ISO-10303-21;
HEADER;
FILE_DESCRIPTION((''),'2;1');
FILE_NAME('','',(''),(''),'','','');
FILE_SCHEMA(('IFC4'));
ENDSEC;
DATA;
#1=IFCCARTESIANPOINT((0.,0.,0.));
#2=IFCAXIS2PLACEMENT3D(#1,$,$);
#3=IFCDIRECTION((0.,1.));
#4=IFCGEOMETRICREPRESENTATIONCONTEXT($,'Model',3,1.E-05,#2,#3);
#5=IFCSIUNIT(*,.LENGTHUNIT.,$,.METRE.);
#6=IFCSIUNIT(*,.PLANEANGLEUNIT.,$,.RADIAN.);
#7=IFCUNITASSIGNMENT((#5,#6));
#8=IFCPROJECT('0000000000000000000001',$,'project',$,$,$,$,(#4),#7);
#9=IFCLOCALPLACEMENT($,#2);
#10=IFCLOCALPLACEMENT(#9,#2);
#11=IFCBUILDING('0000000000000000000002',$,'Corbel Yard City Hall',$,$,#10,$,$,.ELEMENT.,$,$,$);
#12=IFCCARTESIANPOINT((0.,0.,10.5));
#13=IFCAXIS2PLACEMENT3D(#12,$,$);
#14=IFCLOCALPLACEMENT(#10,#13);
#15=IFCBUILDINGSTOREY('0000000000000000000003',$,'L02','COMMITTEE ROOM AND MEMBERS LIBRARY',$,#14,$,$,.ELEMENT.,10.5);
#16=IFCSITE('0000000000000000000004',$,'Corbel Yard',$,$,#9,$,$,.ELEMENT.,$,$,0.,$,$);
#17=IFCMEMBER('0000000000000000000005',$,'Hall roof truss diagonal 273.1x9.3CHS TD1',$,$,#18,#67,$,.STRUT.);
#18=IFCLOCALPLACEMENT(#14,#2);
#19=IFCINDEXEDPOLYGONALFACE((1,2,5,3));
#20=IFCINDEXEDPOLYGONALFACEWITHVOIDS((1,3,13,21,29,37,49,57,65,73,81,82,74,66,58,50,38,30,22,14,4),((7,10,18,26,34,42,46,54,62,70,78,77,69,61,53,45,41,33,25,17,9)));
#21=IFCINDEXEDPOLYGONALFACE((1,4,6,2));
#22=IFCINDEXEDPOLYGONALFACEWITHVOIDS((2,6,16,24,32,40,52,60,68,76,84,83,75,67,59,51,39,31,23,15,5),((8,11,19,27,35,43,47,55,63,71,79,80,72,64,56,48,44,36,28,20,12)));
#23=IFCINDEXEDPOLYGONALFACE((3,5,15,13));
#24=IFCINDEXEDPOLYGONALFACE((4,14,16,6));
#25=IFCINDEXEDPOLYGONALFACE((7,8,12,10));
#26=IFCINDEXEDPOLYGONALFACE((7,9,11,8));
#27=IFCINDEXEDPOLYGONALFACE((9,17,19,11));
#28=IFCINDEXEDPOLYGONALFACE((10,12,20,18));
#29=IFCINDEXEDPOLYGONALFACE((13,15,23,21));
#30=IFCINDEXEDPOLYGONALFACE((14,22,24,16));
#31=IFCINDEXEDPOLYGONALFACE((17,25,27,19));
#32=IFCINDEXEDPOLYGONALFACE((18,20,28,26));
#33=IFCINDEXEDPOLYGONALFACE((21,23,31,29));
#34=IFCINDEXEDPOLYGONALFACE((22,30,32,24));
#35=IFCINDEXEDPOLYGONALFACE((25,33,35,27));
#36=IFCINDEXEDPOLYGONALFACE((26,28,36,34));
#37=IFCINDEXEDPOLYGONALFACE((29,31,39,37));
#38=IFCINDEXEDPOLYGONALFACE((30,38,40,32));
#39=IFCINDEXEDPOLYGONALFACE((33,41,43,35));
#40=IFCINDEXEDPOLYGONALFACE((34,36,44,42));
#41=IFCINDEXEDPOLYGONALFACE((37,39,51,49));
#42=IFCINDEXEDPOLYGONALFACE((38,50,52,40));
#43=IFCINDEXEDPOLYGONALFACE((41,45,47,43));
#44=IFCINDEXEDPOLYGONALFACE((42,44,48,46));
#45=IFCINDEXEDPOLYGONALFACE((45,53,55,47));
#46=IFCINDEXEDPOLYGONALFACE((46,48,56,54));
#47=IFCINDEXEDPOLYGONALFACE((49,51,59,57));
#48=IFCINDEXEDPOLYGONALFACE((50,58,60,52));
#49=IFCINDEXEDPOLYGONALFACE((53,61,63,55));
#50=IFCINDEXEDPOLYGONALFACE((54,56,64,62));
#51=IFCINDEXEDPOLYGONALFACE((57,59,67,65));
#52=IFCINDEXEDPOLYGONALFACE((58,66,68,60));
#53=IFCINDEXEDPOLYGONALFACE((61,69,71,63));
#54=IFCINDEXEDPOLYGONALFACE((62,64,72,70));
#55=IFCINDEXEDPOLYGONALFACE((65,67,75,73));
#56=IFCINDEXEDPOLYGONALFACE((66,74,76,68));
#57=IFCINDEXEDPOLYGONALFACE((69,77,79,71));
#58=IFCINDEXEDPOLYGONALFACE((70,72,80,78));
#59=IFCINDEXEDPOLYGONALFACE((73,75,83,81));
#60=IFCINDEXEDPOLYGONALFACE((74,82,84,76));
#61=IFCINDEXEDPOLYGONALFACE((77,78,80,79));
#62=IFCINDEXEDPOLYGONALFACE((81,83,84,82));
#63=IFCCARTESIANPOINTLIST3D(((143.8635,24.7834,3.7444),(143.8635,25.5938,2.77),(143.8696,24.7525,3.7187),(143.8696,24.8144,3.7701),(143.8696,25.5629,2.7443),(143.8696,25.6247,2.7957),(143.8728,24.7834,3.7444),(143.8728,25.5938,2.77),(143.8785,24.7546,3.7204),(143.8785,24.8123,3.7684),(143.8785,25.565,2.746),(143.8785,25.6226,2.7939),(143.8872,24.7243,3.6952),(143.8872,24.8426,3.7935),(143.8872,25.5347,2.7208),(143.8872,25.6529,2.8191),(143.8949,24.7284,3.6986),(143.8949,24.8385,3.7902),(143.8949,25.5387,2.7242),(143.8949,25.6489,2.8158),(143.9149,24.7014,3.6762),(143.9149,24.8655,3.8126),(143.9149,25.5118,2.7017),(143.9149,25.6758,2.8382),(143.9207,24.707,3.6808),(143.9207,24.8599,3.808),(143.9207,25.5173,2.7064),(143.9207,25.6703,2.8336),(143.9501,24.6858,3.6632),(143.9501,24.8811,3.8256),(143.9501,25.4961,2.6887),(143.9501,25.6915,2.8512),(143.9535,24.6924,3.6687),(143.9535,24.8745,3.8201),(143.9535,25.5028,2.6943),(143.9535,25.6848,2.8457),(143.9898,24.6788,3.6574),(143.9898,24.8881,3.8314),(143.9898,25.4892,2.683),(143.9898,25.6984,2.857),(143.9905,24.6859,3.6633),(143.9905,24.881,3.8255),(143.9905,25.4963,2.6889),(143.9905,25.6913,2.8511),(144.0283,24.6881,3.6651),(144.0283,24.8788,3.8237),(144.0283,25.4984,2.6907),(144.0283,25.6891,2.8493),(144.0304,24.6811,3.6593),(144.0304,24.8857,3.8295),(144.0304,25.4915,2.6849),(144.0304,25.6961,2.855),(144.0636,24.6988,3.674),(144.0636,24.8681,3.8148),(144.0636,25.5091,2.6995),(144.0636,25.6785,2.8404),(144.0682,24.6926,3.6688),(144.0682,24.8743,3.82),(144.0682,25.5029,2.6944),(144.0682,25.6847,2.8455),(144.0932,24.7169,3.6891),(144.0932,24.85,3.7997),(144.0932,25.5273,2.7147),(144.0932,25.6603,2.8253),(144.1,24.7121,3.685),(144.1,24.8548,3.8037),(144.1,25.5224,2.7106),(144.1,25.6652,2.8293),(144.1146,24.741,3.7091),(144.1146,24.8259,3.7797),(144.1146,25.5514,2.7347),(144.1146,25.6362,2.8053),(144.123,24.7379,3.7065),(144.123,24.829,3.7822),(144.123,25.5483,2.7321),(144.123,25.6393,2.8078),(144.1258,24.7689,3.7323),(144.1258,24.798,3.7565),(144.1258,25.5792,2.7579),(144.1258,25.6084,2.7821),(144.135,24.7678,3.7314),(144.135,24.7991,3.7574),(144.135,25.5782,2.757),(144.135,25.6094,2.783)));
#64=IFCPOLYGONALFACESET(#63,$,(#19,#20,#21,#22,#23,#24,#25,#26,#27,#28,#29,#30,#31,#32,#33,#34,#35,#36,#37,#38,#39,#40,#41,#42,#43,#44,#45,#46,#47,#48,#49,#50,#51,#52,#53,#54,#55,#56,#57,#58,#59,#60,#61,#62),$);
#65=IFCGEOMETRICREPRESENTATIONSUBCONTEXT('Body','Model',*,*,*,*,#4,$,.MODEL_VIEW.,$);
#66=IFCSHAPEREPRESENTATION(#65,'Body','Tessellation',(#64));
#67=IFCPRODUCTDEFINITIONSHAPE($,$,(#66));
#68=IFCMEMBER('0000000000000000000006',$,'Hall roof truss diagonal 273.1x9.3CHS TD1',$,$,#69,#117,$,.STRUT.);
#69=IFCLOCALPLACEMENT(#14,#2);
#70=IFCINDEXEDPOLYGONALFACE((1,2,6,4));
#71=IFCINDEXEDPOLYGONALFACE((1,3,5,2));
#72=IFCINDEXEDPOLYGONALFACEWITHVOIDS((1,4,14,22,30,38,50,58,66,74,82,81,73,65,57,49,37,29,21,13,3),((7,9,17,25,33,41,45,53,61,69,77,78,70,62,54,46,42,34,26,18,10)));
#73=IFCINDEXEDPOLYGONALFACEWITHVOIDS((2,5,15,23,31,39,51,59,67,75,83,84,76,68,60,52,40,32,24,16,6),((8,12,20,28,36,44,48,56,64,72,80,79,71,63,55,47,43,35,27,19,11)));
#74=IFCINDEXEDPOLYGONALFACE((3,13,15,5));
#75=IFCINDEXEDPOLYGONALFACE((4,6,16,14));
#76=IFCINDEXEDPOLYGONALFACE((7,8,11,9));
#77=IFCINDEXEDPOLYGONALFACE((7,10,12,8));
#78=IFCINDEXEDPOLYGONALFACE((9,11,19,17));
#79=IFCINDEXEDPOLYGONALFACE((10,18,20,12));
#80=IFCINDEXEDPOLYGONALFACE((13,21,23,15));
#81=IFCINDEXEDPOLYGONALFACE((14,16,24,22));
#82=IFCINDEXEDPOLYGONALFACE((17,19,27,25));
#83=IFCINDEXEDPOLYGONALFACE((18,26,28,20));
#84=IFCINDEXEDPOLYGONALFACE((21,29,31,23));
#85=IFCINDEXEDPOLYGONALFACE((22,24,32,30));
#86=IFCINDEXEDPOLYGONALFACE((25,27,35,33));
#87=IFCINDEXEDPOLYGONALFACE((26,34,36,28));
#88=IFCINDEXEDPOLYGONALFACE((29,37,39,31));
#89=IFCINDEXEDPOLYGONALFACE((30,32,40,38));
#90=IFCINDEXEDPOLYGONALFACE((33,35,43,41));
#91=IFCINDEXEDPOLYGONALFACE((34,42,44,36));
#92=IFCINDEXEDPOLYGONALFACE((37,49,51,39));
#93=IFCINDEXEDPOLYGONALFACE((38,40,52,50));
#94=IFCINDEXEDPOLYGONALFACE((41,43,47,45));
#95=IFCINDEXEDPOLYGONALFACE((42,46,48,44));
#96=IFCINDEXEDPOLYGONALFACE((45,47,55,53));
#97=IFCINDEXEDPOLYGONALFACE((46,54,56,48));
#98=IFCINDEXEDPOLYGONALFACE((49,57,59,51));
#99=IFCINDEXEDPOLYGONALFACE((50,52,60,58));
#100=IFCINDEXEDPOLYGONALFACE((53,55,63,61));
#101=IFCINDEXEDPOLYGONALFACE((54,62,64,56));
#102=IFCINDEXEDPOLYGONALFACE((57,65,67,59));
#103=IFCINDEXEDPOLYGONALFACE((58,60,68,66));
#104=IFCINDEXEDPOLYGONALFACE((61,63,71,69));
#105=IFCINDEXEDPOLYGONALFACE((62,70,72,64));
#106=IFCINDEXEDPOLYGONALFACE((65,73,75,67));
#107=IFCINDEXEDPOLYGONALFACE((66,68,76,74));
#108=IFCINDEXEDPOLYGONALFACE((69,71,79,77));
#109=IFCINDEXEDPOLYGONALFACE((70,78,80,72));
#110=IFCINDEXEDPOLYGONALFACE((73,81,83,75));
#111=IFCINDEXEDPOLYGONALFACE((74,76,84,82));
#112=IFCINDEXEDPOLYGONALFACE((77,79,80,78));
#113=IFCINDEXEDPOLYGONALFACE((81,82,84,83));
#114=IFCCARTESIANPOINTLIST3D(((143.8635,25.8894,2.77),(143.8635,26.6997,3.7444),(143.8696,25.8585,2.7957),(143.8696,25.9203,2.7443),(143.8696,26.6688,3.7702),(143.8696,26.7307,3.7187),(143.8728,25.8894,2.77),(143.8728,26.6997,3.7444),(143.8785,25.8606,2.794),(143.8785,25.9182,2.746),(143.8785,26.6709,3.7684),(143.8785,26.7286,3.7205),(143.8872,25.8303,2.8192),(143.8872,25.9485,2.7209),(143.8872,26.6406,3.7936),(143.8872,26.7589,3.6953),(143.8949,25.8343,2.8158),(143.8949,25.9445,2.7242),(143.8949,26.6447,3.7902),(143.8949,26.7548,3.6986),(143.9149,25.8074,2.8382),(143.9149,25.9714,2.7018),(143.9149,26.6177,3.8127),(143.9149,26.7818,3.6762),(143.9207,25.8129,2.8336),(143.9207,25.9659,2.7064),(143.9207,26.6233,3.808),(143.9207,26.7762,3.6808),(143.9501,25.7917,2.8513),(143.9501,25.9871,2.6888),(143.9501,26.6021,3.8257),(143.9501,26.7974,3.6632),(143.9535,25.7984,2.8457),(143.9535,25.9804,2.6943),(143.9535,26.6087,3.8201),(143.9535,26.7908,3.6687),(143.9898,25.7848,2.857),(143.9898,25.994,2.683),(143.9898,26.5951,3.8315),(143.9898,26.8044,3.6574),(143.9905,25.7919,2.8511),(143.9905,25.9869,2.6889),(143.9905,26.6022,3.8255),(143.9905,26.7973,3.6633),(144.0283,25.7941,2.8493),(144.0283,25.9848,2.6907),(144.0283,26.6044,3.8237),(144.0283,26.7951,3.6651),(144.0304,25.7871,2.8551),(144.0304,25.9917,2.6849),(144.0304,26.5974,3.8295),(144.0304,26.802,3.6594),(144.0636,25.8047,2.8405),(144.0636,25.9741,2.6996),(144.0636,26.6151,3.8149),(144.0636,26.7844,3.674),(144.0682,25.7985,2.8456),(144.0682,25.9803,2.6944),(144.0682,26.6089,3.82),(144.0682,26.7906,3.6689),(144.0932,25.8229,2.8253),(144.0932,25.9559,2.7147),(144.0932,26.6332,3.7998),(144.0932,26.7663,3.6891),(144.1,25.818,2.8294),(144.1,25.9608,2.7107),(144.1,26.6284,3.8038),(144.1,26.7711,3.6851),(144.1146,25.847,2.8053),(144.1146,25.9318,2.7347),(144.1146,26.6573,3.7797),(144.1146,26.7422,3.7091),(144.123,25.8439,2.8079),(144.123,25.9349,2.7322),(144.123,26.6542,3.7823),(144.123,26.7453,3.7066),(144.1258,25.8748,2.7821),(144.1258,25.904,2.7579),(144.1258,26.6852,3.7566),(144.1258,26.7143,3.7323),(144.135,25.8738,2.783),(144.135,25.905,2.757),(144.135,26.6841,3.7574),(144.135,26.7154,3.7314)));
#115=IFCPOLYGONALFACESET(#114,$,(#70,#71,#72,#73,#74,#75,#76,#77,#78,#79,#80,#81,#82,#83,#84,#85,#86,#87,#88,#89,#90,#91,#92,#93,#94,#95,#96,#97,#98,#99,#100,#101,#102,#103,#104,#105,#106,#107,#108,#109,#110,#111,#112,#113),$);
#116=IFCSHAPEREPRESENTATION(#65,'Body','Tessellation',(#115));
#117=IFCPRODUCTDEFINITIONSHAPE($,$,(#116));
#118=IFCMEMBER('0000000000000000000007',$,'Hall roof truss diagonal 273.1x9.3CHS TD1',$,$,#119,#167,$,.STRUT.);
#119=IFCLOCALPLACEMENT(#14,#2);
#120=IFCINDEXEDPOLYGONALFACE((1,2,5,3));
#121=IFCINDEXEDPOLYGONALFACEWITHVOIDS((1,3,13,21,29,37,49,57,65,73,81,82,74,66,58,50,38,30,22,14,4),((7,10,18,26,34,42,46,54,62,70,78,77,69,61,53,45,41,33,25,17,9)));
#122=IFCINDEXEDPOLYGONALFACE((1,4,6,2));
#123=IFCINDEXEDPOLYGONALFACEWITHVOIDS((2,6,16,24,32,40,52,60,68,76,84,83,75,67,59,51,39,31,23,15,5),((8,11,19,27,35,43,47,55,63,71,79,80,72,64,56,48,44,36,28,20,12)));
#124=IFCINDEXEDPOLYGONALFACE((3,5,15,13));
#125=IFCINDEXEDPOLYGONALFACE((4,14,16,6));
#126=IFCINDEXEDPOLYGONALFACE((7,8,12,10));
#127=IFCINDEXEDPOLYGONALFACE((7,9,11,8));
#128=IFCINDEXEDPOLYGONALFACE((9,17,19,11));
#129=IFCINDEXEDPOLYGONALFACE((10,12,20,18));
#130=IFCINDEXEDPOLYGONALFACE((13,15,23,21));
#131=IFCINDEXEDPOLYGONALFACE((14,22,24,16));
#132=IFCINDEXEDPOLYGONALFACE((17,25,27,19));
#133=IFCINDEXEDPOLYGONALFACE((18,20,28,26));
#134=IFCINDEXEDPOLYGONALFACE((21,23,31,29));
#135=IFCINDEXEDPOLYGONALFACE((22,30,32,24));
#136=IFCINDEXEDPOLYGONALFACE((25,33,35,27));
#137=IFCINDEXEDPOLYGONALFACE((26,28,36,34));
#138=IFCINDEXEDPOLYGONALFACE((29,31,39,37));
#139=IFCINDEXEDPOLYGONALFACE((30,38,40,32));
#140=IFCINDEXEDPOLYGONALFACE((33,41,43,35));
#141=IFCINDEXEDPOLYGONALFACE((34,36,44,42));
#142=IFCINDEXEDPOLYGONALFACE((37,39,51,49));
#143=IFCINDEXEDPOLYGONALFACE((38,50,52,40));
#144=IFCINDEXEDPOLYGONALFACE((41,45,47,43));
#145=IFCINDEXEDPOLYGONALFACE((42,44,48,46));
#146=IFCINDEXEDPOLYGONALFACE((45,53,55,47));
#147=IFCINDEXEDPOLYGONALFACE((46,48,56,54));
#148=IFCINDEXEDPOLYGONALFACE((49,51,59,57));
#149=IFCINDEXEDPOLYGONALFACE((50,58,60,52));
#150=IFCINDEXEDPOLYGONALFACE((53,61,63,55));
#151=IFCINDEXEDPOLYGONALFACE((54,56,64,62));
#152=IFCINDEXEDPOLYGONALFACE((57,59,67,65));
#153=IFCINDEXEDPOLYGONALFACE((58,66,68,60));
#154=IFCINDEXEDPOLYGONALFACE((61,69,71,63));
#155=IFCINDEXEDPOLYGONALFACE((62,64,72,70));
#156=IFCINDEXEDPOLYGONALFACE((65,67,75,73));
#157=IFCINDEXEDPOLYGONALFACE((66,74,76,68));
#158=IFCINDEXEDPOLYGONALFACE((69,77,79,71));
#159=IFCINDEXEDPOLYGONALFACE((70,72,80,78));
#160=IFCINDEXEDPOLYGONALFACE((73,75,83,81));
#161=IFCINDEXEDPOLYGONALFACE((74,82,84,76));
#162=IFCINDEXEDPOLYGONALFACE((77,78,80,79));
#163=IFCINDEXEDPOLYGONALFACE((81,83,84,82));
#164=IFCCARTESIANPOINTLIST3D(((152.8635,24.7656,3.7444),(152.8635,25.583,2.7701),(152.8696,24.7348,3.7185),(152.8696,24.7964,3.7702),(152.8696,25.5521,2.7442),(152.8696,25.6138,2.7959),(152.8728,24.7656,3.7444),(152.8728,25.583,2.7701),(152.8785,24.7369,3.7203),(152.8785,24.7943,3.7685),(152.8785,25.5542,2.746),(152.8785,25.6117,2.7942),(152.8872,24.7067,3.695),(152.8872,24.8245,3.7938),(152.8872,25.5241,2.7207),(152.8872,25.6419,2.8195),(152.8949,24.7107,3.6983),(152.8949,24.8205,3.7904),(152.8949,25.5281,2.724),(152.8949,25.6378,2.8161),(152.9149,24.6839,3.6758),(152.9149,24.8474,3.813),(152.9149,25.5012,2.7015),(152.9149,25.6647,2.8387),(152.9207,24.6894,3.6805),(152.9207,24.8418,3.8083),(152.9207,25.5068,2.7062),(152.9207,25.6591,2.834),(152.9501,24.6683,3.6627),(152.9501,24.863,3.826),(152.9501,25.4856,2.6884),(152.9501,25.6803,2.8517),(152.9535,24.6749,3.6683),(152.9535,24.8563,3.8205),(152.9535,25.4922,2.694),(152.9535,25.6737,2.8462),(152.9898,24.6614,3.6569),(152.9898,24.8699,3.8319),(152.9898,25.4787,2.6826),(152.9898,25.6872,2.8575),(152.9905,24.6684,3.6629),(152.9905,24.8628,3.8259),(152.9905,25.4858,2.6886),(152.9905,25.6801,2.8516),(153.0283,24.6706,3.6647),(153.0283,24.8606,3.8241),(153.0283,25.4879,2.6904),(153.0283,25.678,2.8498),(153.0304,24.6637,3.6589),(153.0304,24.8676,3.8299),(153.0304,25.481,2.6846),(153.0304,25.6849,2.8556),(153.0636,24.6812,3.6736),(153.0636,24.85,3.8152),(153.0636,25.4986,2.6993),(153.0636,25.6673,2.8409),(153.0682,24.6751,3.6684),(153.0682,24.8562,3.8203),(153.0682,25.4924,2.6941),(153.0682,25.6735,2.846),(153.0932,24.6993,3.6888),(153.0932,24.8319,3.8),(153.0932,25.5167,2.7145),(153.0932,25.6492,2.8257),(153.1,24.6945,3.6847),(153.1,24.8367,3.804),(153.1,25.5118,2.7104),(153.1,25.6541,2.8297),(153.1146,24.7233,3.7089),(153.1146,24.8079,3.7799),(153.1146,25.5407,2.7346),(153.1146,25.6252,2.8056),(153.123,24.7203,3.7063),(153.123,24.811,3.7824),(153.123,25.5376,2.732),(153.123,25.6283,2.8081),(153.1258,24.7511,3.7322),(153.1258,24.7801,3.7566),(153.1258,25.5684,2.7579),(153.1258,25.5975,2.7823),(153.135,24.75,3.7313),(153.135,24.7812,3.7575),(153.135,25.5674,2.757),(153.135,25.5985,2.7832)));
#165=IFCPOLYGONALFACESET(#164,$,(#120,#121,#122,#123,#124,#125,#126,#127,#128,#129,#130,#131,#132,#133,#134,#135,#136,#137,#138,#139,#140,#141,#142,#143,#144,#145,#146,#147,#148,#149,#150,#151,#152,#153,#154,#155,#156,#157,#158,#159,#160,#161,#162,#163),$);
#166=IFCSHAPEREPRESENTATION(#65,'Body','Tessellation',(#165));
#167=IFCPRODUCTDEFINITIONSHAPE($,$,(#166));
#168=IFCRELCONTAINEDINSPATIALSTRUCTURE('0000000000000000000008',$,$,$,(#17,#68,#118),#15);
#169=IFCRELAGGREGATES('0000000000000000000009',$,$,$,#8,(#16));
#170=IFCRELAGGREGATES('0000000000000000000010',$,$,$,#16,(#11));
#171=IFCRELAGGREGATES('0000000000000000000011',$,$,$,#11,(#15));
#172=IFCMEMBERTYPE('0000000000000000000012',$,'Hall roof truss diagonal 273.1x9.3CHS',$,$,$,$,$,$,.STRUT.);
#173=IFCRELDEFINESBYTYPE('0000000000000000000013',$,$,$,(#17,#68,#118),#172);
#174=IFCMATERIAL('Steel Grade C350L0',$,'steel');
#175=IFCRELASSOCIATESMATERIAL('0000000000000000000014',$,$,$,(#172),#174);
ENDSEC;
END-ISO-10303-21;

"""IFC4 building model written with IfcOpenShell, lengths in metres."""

from ifc_helpers import new_model, si_unit, direction, frame, origin, origin_2d, place, context, subcontext, project, spatial, hollow_circle, extrude, material, material_profile, profile_set, type_object, element, save


model = new_model("IFC4")

# Units and contexts
model_context = context("Model", 3, precision=1e-05, world=origin(), true_north=direction((0.0, 1.0)))
body_context = subcontext(model_context, "Body", "Model", "MODEL_VIEW")
ifc_project = project(units=[si_unit("LENGTHUNIT", "METRE"), si_unit("PLANEANGLEUNIT", "RADIAN")], contexts=[model_context])

# Site, building, storey
site_placement = place(None, origin())
site = spatial("IfcSite", under=ifc_project, at=site_placement, Name="Corbel Yard", CompositionType="ELEMENT", RefElevation=0.0)
building_placement = place(site_placement, origin())
building = spatial("IfcBuilding", under=site, at=building_placement, Name="Corbel Yard City Hall", CompositionType="ELEMENT")
storey_placement = place(building_placement, frame((0.0, 0.0, 10.5)))
storey = spatial("IfcBuildingStorey", under=building, at=storey_placement, Name="L02", Description="COMMITTEE ROOM AND MEMBERS LIBRARY", CompositionType="ELEMENT", Elevation=10.5)

# Members
ifc_material_1 = material(Name="Steel Grade C350L0", Category="steel")
ifc_material_profile_1 = material_profile(ifc_material_1, hollow_circle(Radius=0.1365, WallThickness=0.0093, at=origin_2d()), Name="273.1x9.3CHS")
ifc_profile_set_1 = profile_set([ifc_material_profile_1], Name="Steel Grade C350L0")
member_type_1 = type_object("IfcMemberType", Name="Hall roof truss diagonal 273.1x9.3CHS", PredefinedType="STRUT", material=ifc_profile_set_1)
for number, where, z_axis, x_axis, name in (
    (1, (144.0, 24.7834, 3.7444), (0.0, 0.639407, -0.768868), (-1.0, 0.0, 0.0), "Hall roof truss diagonal 273.1x9.3CHS TD1"),
    (2, (144.0, 25.8894, 2.77), (0.0, 0.639407, 0.768868), (-1.0, 0.0, 0.0), "Hall roof truss diagonal 273.1x9.3CHS TD1"),
):
    element("IfcMember", number, at=place(storey_placement, frame(where, z_axis=z_axis, x_axis=x_axis)), inside=storey, type_object=member_type_1, Name=name, PredefinedType="STRUT", context=body_context, shape_type="SweptSolid", body=[
        extrude(hollow_circle(Radius=0.1365, WallThickness=0.0093, at=origin_2d()), origin(), (0.0, 0.0, 1.0), 1.2673),
    ])
for number, where, z_axis, x_axis, name in (
    (3, (153.0, 24.7656, 3.7444), (0.0, 0.642692, -0.766124), (-1.0, 0.0, 0.0), "Hall roof truss diagonal 273.1x9.3CHS TD1"),
):
    element("IfcMember", number, at=place(storey_placement, frame(where, z_axis=z_axis, x_axis=x_axis)), inside=storey, type_object=member_type_1, Name=name, PredefinedType="STRUT", context=body_context, shape_type="SweptSolid", body=[
        extrude(hollow_circle(Radius=0.1365, WallThickness=0.0093, at=origin_2d()), origin(), (0.0, 0.0, 1.0), 1.2717),
    ])

save(model, "model.ifc")
